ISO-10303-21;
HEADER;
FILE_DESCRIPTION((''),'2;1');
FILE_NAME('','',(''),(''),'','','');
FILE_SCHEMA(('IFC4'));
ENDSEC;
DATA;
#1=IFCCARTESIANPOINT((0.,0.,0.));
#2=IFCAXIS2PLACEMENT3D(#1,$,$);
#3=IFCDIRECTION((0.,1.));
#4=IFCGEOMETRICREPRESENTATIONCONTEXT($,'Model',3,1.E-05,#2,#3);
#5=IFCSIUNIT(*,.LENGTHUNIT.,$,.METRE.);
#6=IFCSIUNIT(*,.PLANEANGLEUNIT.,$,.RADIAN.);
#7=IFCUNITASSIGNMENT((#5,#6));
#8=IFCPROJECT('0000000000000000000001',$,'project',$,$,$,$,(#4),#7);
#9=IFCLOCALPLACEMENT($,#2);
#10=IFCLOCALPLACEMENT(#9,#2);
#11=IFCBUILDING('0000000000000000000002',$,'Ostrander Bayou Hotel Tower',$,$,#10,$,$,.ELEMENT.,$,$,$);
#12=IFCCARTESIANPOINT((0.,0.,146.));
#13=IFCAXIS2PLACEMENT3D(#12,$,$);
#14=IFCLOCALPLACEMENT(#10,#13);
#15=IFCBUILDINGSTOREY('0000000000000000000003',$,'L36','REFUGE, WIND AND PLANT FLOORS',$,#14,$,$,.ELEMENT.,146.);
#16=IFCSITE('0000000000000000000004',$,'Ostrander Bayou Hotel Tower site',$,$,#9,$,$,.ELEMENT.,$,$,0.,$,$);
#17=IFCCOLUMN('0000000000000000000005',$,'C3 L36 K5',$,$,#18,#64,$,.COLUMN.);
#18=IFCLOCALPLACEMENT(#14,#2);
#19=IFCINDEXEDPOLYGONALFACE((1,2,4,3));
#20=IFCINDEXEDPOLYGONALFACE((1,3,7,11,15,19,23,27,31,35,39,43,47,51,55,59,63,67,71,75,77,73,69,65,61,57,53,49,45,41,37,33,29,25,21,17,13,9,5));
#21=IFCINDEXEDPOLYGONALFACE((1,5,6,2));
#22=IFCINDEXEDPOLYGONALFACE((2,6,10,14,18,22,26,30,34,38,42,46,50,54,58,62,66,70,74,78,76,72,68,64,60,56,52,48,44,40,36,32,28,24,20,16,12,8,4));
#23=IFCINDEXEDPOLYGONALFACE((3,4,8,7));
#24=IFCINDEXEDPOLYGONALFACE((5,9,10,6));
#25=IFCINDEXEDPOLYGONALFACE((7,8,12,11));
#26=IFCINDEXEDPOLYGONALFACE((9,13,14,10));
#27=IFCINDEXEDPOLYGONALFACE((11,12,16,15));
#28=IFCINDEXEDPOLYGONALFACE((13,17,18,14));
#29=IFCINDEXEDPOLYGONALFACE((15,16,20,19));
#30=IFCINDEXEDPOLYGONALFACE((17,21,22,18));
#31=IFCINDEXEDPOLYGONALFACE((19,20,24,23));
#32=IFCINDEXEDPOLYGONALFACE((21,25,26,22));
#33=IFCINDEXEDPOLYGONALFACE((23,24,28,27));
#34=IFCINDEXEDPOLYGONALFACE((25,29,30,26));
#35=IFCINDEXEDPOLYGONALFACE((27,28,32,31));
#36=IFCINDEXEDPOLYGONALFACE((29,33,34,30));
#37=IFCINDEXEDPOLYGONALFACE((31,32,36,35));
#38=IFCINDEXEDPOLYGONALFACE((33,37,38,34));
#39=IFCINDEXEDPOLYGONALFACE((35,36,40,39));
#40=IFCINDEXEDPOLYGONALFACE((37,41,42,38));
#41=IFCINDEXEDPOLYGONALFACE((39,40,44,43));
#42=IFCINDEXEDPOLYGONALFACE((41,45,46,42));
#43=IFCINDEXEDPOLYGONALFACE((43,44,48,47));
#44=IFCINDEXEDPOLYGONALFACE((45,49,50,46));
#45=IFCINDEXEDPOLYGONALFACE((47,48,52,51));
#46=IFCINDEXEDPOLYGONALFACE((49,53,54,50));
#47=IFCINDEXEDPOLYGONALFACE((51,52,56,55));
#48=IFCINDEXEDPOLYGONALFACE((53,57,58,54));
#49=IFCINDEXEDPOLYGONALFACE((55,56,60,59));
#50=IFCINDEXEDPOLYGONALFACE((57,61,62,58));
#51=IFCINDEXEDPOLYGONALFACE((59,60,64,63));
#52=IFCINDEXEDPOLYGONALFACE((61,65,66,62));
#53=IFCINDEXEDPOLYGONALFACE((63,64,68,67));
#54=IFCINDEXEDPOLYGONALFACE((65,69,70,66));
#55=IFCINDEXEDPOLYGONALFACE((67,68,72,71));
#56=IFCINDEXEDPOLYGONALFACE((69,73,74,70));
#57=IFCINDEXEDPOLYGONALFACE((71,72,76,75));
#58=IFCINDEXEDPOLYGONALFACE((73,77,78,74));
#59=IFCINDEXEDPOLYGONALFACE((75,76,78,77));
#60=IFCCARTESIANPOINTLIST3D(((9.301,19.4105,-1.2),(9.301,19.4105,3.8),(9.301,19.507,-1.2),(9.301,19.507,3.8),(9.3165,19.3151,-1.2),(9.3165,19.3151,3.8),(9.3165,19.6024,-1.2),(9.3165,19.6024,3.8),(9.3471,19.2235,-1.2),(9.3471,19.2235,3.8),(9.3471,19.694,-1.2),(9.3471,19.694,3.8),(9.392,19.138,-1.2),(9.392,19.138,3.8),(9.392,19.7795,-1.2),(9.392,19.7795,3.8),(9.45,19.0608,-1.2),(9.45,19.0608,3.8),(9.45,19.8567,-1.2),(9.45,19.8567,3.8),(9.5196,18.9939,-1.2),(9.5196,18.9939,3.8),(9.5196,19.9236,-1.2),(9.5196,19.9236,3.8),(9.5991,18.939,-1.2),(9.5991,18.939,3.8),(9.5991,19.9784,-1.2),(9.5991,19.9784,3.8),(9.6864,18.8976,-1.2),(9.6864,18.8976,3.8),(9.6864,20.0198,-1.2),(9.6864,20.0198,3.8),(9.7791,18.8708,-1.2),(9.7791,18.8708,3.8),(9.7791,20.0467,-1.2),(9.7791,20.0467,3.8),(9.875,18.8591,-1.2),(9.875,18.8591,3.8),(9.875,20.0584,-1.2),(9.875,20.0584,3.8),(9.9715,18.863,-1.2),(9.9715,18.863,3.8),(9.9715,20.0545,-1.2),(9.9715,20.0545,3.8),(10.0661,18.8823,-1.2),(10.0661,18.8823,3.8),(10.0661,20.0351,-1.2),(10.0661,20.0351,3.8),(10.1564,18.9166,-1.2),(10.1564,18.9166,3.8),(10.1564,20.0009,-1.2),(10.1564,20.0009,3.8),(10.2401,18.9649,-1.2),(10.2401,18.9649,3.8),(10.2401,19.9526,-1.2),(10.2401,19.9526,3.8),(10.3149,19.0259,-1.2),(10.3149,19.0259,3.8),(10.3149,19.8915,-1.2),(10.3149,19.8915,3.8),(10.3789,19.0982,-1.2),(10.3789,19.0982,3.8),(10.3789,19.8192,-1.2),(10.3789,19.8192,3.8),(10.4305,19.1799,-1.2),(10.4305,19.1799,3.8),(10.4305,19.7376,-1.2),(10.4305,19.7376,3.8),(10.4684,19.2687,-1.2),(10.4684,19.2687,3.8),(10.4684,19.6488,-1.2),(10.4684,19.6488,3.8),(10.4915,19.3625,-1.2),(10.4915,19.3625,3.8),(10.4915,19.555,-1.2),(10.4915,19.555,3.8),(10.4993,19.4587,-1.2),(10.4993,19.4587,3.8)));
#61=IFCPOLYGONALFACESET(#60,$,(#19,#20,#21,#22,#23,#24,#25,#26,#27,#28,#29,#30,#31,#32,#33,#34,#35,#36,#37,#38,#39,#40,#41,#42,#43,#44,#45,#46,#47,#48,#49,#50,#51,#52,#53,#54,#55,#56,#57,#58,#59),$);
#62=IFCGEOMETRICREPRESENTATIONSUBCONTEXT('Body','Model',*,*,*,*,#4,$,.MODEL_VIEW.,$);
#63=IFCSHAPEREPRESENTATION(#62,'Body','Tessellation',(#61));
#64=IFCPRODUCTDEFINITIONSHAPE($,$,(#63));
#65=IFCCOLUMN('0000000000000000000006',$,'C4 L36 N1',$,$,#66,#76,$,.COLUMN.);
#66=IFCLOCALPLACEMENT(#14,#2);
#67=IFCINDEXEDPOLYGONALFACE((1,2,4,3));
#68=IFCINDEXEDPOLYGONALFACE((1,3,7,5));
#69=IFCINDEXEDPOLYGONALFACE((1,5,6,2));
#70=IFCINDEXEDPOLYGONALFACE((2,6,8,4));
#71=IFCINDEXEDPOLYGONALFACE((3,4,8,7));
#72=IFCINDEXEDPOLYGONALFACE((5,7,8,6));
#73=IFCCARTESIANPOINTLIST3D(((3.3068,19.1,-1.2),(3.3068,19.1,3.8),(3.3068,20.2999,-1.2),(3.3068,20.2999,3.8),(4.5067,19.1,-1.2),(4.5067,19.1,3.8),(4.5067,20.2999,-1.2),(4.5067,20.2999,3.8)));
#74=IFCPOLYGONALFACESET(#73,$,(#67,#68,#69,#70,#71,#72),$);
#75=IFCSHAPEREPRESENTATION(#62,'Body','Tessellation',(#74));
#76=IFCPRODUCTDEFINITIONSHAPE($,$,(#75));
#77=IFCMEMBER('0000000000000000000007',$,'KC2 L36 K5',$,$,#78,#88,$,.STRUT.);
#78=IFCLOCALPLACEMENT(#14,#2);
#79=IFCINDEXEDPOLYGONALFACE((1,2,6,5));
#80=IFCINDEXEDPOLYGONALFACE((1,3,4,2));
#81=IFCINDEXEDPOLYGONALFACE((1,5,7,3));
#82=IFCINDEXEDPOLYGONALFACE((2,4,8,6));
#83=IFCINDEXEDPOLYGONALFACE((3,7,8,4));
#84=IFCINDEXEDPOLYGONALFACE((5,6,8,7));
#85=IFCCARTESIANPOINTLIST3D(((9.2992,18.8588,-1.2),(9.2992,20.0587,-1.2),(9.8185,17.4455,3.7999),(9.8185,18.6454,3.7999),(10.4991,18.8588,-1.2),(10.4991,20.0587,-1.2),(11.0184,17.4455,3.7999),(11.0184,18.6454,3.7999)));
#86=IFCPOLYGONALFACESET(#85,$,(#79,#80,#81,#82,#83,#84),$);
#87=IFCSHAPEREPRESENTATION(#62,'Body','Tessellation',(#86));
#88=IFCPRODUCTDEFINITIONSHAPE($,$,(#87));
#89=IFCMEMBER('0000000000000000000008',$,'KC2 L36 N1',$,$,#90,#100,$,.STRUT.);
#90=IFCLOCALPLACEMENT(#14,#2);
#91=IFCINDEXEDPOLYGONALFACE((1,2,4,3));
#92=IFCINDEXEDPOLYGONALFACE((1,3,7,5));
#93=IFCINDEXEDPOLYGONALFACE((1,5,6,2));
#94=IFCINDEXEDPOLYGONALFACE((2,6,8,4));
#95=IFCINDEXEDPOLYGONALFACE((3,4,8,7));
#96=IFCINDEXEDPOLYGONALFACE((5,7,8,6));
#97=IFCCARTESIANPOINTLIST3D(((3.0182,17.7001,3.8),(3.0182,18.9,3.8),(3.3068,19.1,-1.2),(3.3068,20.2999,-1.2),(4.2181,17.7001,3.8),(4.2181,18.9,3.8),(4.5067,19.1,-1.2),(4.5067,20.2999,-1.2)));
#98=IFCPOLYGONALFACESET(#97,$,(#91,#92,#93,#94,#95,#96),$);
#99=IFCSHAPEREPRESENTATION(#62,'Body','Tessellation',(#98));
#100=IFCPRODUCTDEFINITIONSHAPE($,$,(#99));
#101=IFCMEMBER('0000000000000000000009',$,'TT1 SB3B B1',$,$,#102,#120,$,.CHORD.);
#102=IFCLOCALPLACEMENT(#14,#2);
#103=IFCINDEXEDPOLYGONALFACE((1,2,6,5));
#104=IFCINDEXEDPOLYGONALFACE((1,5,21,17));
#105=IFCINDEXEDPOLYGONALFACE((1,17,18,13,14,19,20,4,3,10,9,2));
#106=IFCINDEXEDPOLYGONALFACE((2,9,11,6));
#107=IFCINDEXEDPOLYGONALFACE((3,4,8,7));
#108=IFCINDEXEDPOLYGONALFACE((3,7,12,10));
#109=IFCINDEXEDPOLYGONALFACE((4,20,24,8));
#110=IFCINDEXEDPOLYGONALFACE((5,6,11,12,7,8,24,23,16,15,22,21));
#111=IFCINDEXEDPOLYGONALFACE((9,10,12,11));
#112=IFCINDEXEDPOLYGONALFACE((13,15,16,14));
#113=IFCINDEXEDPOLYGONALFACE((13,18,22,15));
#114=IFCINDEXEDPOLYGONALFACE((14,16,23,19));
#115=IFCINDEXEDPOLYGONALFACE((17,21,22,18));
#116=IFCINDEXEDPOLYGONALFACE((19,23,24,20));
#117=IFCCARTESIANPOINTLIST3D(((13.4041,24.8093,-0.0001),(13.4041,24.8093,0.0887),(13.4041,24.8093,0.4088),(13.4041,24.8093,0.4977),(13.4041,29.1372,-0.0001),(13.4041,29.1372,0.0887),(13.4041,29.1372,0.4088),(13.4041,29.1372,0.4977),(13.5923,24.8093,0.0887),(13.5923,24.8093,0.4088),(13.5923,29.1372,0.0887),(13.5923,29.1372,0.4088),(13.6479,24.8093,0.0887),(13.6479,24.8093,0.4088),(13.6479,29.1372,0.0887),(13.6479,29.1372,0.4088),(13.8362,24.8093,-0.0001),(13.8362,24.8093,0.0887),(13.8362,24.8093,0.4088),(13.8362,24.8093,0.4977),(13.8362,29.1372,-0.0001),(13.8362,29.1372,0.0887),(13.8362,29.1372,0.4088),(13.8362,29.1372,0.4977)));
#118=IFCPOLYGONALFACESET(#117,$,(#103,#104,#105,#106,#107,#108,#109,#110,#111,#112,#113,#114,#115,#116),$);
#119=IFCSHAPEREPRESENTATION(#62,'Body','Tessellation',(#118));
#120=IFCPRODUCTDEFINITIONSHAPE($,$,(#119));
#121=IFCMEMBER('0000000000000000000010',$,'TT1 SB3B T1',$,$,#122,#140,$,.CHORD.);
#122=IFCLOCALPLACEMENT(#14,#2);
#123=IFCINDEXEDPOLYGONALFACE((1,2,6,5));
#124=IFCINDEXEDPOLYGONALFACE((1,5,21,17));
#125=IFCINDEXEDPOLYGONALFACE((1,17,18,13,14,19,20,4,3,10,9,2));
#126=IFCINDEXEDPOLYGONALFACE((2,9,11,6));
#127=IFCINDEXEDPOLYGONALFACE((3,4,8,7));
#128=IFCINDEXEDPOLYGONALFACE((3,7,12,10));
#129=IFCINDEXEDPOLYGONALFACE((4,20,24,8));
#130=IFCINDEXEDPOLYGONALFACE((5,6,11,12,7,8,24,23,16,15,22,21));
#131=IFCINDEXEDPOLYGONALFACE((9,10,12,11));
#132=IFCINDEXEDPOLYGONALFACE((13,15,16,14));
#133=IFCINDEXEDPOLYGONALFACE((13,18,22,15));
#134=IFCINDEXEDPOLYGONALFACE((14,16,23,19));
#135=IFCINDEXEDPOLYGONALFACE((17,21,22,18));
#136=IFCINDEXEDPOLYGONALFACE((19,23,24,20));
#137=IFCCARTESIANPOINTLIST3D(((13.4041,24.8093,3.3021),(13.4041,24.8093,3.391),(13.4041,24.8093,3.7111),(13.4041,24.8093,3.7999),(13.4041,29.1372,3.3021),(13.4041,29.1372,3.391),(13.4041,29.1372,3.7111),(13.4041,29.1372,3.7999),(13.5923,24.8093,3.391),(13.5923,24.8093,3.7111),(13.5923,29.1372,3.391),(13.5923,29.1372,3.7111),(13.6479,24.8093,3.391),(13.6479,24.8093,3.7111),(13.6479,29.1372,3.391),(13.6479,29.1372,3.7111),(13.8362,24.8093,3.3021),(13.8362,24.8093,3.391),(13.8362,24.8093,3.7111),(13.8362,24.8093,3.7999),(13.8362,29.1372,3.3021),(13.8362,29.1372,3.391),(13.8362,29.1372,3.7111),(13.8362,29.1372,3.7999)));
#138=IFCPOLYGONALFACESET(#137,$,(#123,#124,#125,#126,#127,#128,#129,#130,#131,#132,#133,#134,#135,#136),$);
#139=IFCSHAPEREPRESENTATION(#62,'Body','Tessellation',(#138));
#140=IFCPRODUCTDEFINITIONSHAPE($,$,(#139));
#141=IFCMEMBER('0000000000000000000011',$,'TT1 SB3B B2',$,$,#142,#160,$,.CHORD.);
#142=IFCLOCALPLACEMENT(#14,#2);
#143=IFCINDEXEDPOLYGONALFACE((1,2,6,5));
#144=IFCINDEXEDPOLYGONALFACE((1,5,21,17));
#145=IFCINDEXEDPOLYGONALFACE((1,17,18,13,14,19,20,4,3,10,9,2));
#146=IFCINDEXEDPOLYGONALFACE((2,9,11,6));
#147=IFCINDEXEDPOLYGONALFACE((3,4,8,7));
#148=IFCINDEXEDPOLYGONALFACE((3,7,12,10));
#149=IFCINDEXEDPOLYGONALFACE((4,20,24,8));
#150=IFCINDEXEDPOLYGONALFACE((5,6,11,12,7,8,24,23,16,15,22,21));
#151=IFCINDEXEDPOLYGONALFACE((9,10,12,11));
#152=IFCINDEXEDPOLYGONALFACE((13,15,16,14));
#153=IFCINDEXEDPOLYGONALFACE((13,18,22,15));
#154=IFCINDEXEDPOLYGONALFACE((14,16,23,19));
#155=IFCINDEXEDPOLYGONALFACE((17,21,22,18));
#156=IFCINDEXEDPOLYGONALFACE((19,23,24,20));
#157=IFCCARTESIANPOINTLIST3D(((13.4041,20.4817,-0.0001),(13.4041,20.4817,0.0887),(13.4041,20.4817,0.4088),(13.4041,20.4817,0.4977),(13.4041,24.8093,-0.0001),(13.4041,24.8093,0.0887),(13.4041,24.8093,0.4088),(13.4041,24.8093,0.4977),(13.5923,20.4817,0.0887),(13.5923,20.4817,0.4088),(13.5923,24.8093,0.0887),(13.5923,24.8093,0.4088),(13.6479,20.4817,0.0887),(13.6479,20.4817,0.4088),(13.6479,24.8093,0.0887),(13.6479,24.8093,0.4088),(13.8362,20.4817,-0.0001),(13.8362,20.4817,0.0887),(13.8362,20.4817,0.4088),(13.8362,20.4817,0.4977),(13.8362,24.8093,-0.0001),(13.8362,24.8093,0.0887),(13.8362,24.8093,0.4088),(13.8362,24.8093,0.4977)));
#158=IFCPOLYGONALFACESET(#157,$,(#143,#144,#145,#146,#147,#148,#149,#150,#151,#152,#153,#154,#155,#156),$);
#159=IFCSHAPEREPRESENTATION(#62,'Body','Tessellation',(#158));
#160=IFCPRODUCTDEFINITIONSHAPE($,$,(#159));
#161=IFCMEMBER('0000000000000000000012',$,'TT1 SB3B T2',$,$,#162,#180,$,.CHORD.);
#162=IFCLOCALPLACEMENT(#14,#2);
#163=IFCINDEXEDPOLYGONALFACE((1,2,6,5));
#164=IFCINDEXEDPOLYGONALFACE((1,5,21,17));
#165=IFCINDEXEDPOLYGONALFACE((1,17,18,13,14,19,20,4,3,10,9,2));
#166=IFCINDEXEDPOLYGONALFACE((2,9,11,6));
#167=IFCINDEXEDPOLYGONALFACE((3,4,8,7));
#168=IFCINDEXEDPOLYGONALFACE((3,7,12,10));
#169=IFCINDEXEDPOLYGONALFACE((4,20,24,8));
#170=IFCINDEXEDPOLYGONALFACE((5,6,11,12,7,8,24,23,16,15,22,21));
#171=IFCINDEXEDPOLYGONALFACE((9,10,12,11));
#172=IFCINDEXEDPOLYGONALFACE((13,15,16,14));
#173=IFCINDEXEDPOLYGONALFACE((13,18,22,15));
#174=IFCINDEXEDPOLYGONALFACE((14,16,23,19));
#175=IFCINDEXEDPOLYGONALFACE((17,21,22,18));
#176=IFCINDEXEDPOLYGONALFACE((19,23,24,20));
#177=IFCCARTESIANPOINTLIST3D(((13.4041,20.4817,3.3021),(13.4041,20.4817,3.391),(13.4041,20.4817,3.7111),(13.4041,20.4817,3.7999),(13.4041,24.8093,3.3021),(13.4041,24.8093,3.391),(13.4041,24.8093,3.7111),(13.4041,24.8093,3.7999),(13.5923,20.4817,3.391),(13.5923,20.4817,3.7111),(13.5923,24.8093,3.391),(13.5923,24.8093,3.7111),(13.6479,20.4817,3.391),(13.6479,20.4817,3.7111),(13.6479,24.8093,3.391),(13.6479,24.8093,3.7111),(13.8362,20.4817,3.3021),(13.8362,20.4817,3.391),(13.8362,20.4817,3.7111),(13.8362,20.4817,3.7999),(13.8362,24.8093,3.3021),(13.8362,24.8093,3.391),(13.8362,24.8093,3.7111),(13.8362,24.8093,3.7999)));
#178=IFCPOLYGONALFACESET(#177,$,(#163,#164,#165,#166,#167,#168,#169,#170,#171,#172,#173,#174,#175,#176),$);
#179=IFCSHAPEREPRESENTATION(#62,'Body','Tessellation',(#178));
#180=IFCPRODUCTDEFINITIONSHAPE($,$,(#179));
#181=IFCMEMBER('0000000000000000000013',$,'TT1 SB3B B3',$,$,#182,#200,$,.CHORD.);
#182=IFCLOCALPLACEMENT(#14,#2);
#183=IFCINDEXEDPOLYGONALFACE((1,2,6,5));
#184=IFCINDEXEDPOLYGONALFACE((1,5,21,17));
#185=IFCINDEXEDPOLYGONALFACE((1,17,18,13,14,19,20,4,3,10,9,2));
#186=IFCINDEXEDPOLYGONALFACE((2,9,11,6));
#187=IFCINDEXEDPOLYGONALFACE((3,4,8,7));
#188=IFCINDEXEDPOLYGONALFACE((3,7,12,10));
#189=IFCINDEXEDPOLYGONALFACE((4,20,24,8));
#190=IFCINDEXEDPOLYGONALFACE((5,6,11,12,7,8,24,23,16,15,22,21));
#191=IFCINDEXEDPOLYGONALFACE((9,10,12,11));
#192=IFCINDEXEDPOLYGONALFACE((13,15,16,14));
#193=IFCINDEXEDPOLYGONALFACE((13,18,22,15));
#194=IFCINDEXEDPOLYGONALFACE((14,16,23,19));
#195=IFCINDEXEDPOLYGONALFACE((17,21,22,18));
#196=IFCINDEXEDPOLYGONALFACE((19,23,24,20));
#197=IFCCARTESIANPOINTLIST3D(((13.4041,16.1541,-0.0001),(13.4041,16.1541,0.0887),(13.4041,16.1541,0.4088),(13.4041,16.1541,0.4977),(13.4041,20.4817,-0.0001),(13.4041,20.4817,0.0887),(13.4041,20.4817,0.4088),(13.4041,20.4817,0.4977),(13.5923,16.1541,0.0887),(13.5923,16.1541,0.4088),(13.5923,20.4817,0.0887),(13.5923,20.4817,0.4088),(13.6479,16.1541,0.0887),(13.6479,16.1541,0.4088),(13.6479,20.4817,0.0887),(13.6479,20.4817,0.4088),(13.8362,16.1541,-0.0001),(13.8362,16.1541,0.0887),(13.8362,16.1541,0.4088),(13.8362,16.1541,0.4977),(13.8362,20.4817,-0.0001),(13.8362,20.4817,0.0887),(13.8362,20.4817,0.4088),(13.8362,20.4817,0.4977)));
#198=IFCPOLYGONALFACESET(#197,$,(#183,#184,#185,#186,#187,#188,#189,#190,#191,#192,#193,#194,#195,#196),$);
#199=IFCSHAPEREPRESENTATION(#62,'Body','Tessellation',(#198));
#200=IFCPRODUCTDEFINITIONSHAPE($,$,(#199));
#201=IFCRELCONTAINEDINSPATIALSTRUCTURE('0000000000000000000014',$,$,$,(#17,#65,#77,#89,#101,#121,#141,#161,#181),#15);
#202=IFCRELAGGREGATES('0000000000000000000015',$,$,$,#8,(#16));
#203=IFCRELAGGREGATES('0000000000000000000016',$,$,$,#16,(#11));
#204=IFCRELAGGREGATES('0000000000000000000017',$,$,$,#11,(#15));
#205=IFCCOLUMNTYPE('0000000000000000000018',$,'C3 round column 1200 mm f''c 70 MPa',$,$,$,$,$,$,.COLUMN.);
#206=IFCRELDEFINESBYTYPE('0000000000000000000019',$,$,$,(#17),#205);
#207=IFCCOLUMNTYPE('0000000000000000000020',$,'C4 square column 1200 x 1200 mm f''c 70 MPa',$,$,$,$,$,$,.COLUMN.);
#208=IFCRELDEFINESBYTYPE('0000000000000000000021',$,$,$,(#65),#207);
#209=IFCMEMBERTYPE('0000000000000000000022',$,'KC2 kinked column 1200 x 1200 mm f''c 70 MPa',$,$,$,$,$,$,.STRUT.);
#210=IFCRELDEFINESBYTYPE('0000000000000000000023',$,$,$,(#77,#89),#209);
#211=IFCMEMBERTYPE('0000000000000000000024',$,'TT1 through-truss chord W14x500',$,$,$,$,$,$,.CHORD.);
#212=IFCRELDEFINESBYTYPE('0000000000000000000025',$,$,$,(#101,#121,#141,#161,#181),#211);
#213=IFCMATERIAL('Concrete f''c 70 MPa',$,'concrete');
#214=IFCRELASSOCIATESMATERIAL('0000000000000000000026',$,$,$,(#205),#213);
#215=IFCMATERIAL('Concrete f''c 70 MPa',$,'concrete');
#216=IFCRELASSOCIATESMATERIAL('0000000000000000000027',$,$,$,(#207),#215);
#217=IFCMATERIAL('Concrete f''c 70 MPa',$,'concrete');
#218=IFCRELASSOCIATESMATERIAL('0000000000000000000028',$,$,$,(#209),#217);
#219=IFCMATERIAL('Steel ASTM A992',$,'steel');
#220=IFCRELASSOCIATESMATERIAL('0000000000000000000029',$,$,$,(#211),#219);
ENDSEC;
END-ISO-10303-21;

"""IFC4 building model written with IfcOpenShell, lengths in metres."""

from ifc_helpers import new_model, si_unit, direction, frame, origin, origin_2d, place, context, subcontext, project, spatial, rectangle, circle, i_section, extrude, material, material_profile, profile_set, type_object, element, save


model = new_model("IFC4")

# Units and contexts
model_context = context("Model", 3, precision=1e-05, world=origin(), true_north=direction((0.0, 1.0)))
body_context = subcontext(model_context, "Body", "Model", "MODEL_VIEW")
ifc_project = project(units=[si_unit("LENGTHUNIT", "METRE"), si_unit("PLANEANGLEUNIT", "RADIAN")], contexts=[model_context])

# Site, building, storey
site_placement = place(None, origin())
site = spatial("IfcSite", under=ifc_project, at=site_placement, Name="Ostrander Bayou Hotel Tower site", CompositionType="ELEMENT", RefElevation=0.0)
building_placement = place(site_placement, origin())
building = spatial("IfcBuilding", under=site, at=building_placement, Name="Ostrander Bayou Hotel Tower", CompositionType="ELEMENT")
storey_placement = place(building_placement, frame((0.0, 0.0, 146.0)))
storey = spatial("IfcBuildingStorey", under=building, at=storey_placement, Name="L36", Description="REFUGE, WIND AND PLANT FLOORS", CompositionType="ELEMENT", Elevation=146.0)

# Columns
ifc_material_1 = material(Name="Concrete f'c 70 MPa", Category="concrete")
ifc_material_profile_1 = material_profile(ifc_material_1, circle(Radius=0.6001, at=origin_2d()))
ifc_profile_set_1 = profile_set([ifc_material_profile_1], Name="Concrete f'c 70 MPa")
column_type_1 = type_object("IfcColumnType", Name="C3 round column 1200 mm f'c 70 MPa", PredefinedType="COLUMN", material=ifc_profile_set_1)
column_1_placement = place(storey_placement, frame((9.8992, 19.4587, -1.2), z_axis=(0.0, 0.0, 1.0), x_axis=(1.0, 0.0, 0.0)))
element("IfcColumn", 1, at=column_1_placement, inside=storey, type_object=column_type_1, Name="C3 L36 K5", PredefinedType="COLUMN", context=body_context, shape_type="SweptSolid", body=[
    extrude(circle(Radius=0.6001, at=origin_2d()), origin(), (0.0, 0.0, 1.0), 5.0),
])
ifc_material_2 = material(Name="Concrete f'c 70 MPa", Category="concrete")
ifc_material_profile_2 = material_profile(ifc_material_2, rectangle(XDim=1.2, YDim=1.2, at=origin_2d()))
ifc_profile_set_2 = profile_set([ifc_material_profile_2], Name="Concrete f'c 70 MPa")
column_type_2 = type_object("IfcColumnType", Name="C4 square column 1200 x 1200 mm f'c 70 MPa", PredefinedType="COLUMN", material=ifc_profile_set_2)
column_2_placement = place(storey_placement, frame((3.9067, 19.7, -1.2), z_axis=(0.0, 0.0, 1.0), x_axis=(1.0, 0.0, 0.0)))
element("IfcColumn", 2, at=column_2_placement, inside=storey, type_object=column_type_2, Name="C4 L36 N1", PredefinedType="COLUMN", context=body_context, shape_type="SweptSolid", body=[
    extrude(rectangle(XDim=1.2, YDim=1.2, at=origin_2d()), origin(), (0.0, 0.0, 1.0), 5.0),
])

# Members
ifc_material_3 = material(Name="Concrete f'c 70 MPa", Category="concrete")
ifc_material_profile_3 = material_profile(ifc_material_3, rectangle(XDim=1.2, YDim=1.2, at=origin_2d()))
ifc_profile_set_3 = profile_set([ifc_material_profile_3], Name="Concrete f'c 70 MPa")
member_type_1 = type_object("IfcMemberType", Name="KC2 kinked column 1200 x 1200 mm f'c 70 MPa", PredefinedType="STRUT", material=ifc_profile_set_3)
member_1_placement = place(storey_placement, frame((9.8992, 19.4587, -1.2), z_axis=(0.0, 0.0, 1.0), x_axis=(1.0, 0.0, 0.0)))
element("IfcMember", 3, at=member_1_placement, inside=storey, type_object=member_type_1, Name="KC2 L36 K5", PredefinedType="STRUT", context=body_context, shape_type="SweptSolid", body=[
    extrude(rectangle(XDim=1.2, YDim=1.2, at=origin_2d()), origin(), (0.099446, -0.27066, 0.957525), 5.2217),
])
member_2_placement = place(storey_placement, frame((3.9067, 19.7, -1.2), z_axis=(0.0, 0.0, 1.0), x_axis=(1.0, 0.0, 0.0)))
element("IfcMember", 4, at=member_2_placement, inside=storey, type_object=member_type_1, Name="KC2 L36 N1", PredefinedType="STRUT", context=body_context, shape_type="SweptSolid", body=[
    extrude(rectangle(XDim=1.2, YDim=1.2, at=origin_2d()), origin(), (-0.055492, -0.269197, 0.961485), 5.2002),
])
ifc_material_4 = material(Name="Steel ASTM A992", Category="steel")
ifc_material_profile_4 = material_profile(ifc_material_4, i_section(OverallWidth=0.4321, OverallDepth=0.4978, WebThickness=0.0557, FlangeThickness=0.0889, at=origin_2d()))
ifc_profile_set_4 = profile_set([ifc_material_profile_4], Name="Steel ASTM A992")
member_type_2 = type_object("IfcMemberType", Name="TT1 through-truss chord W14x500", PredefinedType="CHORD", material=ifc_profile_set_4)
for number, where, z_axis, x_axis, name in (
    (5, (13.6201, 29.1372, 0.2488), (0.0, -1.0, 0.0), (1.0, 0.0, 0.0), "TT1 SB3B B1"),
    (6, (13.6201, 29.1372, 3.551), (0.0, -1.0, 0.0), (1.0, 0.0, 0.0), "TT1 SB3B T1"),
):
    element("IfcMember", number, at=place(storey_placement, frame(where, z_axis=z_axis, x_axis=x_axis)), inside=storey, type_object=member_type_2, Name=name, PredefinedType="CHORD", context=body_context, shape_type="SweptSolid", body=[
        extrude(i_section(OverallWidth=0.4321, OverallDepth=0.4978, WebThickness=0.0557, FlangeThickness=0.0889, at=origin_2d()), origin(), (0.0, 0.0, 1.0), 4.3279),
    ])
for number, where, z_axis, x_axis, name in (
    (7, (13.6201, 24.8093, 0.2488), (0.0, -1.0, 0.0), (1.0, 0.0, 0.0), "TT1 SB3B B2"),
    (8, (13.6201, 24.8093, 3.551), (0.0, -1.0, 0.0), (1.0, 0.0, 0.0), "TT1 SB3B T2"),
    (9, (13.6201, 20.4817, 0.2488), (0.0, -1.0, 0.0), (1.0, 0.0, 0.0), "TT1 SB3B B3"),
):
    element("IfcMember", number, at=place(storey_placement, frame(where, z_axis=z_axis, x_axis=x_axis)), inside=storey, type_object=member_type_2, Name=name, PredefinedType="CHORD", context=body_context, shape_type="SweptSolid", body=[
        extrude(i_section(OverallWidth=0.4321, OverallDepth=0.4978, WebThickness=0.0557, FlangeThickness=0.0889, at=origin_2d()), origin(), (0.0, 0.0, 1.0), 4.3276),
    ])

save(model, "model.ifc")
